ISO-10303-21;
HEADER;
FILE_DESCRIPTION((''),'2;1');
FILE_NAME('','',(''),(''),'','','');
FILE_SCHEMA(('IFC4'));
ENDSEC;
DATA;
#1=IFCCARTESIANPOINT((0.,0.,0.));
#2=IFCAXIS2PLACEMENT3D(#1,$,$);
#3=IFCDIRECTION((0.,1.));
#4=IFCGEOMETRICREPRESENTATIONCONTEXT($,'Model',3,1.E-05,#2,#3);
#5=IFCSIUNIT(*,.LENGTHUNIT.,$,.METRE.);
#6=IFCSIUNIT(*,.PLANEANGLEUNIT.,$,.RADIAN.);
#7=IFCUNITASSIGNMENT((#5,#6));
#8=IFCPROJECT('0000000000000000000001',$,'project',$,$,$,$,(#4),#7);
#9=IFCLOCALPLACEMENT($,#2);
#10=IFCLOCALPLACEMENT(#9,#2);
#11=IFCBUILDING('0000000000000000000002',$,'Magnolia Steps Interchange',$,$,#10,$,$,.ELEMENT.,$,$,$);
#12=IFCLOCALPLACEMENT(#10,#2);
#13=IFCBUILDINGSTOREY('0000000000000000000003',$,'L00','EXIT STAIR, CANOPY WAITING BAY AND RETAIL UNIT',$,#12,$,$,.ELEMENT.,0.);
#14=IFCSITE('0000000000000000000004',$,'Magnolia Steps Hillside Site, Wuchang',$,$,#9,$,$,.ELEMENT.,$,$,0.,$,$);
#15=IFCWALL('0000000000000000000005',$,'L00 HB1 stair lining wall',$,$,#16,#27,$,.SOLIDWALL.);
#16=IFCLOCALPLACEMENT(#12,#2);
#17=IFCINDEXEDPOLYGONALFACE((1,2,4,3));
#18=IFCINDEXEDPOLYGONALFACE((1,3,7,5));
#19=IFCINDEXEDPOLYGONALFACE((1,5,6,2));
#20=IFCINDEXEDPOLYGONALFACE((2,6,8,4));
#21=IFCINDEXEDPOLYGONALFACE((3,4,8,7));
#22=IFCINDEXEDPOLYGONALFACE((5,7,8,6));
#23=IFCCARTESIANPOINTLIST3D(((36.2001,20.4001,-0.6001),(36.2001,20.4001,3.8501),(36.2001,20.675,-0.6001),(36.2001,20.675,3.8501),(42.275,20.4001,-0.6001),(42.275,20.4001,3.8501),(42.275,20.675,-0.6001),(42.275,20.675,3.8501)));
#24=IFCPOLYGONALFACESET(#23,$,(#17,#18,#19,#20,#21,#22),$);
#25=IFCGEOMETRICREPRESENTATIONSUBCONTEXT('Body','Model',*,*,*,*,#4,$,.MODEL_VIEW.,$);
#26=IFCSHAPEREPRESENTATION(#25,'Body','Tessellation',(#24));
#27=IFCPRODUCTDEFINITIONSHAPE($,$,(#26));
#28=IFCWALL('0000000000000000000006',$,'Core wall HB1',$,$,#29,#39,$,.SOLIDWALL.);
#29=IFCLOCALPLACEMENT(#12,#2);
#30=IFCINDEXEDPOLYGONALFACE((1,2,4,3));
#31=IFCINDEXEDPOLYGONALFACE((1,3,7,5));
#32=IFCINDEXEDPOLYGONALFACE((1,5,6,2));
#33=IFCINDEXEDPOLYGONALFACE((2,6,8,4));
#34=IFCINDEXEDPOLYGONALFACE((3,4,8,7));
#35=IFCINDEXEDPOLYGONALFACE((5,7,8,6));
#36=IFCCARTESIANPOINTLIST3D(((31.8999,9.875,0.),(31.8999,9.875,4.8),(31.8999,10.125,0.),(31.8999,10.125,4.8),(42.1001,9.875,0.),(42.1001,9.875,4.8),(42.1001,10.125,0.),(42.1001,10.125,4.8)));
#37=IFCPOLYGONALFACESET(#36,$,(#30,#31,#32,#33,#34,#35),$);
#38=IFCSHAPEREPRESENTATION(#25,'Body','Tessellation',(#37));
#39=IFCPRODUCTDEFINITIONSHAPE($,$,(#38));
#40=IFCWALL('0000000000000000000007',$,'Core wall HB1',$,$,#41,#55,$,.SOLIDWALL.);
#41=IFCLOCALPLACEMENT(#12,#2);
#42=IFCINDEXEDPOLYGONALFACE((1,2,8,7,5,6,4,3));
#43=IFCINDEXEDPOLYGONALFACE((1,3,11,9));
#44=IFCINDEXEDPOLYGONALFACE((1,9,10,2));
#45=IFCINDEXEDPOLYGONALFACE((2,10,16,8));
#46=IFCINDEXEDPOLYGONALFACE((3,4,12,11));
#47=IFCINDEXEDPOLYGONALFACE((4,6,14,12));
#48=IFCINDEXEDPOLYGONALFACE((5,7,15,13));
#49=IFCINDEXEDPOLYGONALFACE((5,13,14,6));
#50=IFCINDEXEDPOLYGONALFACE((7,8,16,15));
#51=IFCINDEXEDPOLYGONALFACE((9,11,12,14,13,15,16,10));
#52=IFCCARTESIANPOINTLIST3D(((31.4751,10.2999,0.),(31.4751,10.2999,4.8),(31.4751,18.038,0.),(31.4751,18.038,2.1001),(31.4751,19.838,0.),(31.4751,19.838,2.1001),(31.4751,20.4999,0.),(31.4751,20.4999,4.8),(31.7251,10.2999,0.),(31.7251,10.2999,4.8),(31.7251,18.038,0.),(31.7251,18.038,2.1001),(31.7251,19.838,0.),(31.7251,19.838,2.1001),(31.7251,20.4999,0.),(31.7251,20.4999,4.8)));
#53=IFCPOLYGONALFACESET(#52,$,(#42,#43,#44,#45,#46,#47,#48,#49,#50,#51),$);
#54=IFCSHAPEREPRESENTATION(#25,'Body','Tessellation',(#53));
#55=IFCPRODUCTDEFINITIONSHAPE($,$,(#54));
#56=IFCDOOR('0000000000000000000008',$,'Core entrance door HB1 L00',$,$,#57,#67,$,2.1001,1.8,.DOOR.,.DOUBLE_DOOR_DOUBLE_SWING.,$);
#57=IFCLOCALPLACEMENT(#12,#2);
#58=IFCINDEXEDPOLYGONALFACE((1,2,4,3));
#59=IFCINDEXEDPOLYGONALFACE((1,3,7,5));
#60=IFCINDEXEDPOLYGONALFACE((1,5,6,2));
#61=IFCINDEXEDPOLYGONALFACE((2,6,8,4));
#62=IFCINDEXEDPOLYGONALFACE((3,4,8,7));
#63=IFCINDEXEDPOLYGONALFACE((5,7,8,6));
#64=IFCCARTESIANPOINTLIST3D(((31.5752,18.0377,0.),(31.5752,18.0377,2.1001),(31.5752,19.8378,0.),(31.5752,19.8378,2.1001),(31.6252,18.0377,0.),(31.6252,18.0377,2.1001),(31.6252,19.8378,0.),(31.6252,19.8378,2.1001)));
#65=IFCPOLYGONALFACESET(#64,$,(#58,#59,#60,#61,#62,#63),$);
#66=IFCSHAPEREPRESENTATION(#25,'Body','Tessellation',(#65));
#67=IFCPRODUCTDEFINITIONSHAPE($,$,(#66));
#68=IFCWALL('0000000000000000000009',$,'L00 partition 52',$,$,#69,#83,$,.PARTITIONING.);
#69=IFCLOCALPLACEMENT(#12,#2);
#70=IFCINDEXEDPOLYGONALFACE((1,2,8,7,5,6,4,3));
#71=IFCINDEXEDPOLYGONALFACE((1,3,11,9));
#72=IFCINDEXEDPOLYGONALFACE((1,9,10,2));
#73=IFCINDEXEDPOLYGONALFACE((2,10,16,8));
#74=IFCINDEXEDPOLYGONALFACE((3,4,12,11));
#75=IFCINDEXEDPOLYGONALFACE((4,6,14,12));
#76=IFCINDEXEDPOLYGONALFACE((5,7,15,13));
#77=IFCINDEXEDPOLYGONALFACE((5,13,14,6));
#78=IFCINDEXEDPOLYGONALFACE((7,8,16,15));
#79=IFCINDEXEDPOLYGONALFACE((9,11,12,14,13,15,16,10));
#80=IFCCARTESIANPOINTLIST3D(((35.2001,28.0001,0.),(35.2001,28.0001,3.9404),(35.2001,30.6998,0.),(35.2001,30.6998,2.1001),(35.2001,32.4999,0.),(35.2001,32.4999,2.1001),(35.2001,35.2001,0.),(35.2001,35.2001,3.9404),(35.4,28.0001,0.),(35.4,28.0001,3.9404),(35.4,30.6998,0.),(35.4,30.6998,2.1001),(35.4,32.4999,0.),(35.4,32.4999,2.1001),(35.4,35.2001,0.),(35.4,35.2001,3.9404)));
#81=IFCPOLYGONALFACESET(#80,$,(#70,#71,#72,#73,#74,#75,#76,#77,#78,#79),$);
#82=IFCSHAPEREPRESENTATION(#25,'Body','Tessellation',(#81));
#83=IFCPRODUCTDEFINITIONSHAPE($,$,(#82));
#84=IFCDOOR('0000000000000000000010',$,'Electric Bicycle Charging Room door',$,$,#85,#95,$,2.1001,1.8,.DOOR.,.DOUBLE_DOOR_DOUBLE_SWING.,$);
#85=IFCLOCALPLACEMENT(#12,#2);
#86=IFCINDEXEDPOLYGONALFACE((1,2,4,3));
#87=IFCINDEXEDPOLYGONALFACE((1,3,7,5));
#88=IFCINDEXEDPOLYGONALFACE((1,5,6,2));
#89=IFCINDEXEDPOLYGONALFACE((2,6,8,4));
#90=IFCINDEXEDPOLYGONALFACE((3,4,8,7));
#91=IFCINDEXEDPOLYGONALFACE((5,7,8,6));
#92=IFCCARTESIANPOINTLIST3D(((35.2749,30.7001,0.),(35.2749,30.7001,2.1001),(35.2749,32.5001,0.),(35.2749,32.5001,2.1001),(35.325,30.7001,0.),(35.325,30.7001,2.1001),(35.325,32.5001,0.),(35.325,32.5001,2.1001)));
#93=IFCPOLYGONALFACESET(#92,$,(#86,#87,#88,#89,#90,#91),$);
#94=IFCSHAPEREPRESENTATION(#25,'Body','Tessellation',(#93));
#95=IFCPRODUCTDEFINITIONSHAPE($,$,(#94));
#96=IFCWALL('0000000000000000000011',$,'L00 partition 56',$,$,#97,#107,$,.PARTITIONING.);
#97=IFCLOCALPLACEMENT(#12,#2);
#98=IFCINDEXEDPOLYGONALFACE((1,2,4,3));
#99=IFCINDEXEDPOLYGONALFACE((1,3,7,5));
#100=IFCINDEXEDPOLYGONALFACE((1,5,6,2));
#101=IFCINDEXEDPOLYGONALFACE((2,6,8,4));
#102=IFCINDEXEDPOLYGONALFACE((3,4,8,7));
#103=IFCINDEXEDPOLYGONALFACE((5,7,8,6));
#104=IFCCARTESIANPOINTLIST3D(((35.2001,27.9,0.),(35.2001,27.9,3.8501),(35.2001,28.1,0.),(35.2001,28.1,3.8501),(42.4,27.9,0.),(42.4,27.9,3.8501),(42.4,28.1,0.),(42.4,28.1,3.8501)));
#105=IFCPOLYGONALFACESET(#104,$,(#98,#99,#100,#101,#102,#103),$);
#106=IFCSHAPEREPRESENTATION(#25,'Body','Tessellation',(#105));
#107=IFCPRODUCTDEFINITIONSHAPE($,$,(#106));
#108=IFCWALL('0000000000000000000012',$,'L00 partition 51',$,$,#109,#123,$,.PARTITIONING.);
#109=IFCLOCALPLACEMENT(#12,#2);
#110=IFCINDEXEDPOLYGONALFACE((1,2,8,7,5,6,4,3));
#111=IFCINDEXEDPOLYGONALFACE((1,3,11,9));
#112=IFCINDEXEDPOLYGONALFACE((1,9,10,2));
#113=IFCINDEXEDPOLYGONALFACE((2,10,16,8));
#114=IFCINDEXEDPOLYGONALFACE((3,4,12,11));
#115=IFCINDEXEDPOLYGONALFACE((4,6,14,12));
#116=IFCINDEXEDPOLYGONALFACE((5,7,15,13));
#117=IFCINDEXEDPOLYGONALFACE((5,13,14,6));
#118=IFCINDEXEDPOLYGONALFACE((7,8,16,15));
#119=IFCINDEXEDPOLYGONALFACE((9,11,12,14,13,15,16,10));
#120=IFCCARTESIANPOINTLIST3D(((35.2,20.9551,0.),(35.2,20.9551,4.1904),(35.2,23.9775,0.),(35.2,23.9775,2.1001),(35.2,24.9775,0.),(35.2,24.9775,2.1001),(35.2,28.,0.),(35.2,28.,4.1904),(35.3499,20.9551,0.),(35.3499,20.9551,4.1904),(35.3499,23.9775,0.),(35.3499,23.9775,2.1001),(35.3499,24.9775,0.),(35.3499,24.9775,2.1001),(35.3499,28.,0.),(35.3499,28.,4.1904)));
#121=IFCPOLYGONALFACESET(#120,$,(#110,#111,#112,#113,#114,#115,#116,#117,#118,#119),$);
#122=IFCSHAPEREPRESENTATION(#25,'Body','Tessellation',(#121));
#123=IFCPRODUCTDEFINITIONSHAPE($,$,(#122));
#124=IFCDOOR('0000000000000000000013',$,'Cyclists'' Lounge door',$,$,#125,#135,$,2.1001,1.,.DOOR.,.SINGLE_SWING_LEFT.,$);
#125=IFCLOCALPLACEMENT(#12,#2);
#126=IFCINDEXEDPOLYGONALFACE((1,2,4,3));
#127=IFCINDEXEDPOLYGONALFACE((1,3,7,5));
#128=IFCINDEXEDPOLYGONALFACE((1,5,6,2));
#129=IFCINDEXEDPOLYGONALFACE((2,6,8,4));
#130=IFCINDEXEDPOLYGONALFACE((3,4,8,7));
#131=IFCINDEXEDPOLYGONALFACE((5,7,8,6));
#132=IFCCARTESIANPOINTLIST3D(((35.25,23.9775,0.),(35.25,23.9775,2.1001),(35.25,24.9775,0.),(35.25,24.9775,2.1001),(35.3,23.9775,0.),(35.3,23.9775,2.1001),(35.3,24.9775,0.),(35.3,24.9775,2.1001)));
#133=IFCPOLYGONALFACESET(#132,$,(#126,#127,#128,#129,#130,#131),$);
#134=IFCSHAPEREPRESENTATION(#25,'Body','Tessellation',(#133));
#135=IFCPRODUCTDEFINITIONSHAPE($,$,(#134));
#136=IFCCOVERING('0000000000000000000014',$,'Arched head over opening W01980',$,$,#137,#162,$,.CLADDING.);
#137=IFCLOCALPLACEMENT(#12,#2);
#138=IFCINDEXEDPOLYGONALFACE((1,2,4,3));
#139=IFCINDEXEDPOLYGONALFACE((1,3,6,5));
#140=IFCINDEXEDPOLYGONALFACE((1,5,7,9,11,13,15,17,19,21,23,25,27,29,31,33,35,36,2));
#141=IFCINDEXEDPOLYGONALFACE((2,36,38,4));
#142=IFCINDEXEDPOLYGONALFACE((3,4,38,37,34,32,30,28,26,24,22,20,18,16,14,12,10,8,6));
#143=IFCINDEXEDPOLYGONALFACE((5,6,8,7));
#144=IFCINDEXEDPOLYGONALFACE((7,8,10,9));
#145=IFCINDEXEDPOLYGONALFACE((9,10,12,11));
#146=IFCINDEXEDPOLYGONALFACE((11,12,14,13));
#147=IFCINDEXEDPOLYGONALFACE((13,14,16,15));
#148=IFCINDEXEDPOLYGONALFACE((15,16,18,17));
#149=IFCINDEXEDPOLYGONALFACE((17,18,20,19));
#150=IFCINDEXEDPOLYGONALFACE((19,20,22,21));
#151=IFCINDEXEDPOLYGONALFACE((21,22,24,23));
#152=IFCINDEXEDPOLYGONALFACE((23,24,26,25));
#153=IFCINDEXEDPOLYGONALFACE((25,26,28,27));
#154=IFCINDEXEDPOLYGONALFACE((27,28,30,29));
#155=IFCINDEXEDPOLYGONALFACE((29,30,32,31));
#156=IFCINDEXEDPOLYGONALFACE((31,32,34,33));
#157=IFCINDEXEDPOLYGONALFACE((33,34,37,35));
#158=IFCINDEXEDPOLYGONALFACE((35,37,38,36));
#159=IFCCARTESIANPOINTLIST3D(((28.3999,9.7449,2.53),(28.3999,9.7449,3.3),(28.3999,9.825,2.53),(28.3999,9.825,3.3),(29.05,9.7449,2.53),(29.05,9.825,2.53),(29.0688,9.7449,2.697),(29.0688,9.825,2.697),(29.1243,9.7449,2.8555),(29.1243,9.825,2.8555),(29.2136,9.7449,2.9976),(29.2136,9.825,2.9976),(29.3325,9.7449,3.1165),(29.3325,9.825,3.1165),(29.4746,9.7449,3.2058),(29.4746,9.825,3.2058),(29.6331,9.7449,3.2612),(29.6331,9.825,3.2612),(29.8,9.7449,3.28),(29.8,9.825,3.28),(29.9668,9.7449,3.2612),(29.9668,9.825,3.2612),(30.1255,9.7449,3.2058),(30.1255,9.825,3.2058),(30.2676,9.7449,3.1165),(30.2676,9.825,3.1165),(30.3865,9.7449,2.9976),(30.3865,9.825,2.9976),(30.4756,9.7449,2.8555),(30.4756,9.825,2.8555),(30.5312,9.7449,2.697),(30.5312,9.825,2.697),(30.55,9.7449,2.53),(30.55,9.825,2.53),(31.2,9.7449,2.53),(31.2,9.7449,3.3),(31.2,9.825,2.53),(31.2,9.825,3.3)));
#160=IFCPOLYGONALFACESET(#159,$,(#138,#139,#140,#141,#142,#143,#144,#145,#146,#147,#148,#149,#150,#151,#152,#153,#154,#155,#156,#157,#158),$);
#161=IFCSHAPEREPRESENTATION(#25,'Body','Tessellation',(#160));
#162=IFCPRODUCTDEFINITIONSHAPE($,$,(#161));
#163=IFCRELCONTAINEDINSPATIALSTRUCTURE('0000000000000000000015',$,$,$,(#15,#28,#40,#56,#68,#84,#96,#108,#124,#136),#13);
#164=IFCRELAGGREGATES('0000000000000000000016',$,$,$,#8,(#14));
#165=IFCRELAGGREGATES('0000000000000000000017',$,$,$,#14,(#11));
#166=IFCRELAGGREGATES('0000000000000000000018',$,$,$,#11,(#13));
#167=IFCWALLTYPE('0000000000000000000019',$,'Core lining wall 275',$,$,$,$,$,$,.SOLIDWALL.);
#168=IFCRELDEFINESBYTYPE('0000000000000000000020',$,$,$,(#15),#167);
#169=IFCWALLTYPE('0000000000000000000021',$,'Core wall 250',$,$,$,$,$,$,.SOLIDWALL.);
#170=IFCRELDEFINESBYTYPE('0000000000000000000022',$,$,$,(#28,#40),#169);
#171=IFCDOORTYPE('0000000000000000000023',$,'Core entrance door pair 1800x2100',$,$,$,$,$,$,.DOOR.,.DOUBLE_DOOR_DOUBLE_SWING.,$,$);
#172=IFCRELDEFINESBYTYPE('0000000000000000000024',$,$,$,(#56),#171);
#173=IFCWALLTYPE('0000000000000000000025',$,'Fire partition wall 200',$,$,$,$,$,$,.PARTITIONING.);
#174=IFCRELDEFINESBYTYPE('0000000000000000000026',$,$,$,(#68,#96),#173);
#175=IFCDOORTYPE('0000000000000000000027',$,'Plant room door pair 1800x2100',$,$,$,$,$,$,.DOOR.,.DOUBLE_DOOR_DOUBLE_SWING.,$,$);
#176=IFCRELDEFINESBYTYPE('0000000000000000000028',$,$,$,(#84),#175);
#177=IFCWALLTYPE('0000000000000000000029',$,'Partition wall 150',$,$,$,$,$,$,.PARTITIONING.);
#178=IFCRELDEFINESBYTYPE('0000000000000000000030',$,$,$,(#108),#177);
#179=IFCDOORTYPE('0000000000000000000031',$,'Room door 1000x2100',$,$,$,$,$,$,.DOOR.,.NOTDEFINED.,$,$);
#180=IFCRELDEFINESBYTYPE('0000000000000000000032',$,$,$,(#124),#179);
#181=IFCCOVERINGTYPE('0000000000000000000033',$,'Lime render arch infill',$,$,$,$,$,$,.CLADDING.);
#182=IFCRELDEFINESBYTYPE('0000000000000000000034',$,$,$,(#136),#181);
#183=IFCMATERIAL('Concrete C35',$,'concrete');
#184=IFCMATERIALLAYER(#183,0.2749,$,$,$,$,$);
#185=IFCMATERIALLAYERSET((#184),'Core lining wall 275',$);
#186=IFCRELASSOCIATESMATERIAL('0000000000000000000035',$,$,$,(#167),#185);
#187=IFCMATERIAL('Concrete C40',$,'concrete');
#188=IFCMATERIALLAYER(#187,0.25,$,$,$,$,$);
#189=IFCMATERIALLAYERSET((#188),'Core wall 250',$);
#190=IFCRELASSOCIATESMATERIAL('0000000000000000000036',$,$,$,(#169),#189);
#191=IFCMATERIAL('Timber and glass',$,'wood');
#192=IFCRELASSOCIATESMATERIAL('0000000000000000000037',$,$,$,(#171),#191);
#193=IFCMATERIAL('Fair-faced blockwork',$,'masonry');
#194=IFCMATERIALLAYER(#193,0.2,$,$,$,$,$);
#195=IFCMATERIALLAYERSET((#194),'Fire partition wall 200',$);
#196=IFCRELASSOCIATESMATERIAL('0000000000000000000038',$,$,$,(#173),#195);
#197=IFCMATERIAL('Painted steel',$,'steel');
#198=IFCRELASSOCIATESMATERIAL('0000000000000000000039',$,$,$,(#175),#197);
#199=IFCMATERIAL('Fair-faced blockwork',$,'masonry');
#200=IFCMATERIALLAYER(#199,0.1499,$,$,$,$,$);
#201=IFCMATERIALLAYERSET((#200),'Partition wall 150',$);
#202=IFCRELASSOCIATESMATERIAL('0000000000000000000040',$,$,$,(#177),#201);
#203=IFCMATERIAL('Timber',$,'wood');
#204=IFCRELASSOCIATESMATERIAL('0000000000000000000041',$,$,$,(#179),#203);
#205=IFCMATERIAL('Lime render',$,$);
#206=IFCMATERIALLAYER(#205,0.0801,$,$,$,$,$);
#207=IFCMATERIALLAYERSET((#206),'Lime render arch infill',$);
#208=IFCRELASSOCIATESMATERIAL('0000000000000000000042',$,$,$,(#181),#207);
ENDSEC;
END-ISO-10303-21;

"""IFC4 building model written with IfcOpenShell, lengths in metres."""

from ifc_helpers import new_model, si_unit, direction, frame, frame_2d, origin, place, context, subcontext, project, spatial, polyline, rectangle, outline, extrude, material, layer, layer_set, type_object, element, fill, save


model = new_model("IFC4")

# Units and contexts
model_context = context("Model", 3, precision=1e-05, world=origin(), true_north=direction((0.0, 1.0)))
body_context = subcontext(model_context, "Body", "Model", "MODEL_VIEW")
ifc_project = project(units=[si_unit("LENGTHUNIT", "METRE"), si_unit("PLANEANGLEUNIT", "RADIAN")], contexts=[model_context])

# Site, building, storey
site_placement = place(None, origin())
site = spatial("IfcSite", under=ifc_project, at=site_placement, Name="Magnolia Steps Hillside Site, Wuchang", CompositionType="ELEMENT", RefElevation=0.0)
building_placement = place(site_placement, origin())
building = spatial("IfcBuilding", under=site, at=building_placement, Name="Magnolia Steps Interchange", CompositionType="ELEMENT")
storey_placement = place(building_placement, origin())
storey = spatial("IfcBuildingStorey", under=building, at=storey_placement, Name="L00", Description="EXIT STAIR, CANOPY WAITING BAY AND RETAIL UNIT", CompositionType="ELEMENT", Elevation=0.0)

# Walls
ifc_material_1 = material(Name="Concrete C35", Category="concrete")
ifc_layer_1 = layer(ifc_material_1, 0.2749)
ifc_layer_set_1 = layer_set([ifc_layer_1], Name="Core lining wall 275")
wall_type_1 = type_object("IfcWallType", Name="Core lining wall 275", PredefinedType="SOLIDWALL", material=ifc_layer_set_1)
wall_1_placement = place(storey_placement, frame((36.2, 20.5376, -0.6001), z_axis=(0.0, 0.0, 1.0), x_axis=(1.0, 0.0, 0.0)))
element("IfcWall", 1, at=wall_1_placement, inside=storey, type_object=wall_type_1, Name="L00 HB1 stair lining wall", PredefinedType="SOLIDWALL", context=body_context, shape_type="SweptSolid", body=[
    extrude(rectangle(XDim=6.075, YDim=0.2749, at=frame_2d((3.0376, 0.0))), origin(), (0.0, 0.0, 1.0), 4.4502),
])
ifc_material_2 = material(Name="Concrete C40", Category="concrete")
ifc_layer_2 = layer(ifc_material_2, 0.25)
ifc_layer_set_2 = layer_set([ifc_layer_2], Name="Core wall 250")
wall_type_2 = type_object("IfcWallType", Name="Core wall 250", PredefinedType="SOLIDWALL", material=ifc_layer_set_2)
wall_2_placement = place(storey_placement, frame((31.8999, 10.0, 0.0), z_axis=(0.0, 0.0, 1.0), x_axis=(1.0, 0.0, 0.0)))
element("IfcWall", 2, at=wall_2_placement, inside=storey, type_object=wall_type_2, Name="Core wall HB1", PredefinedType="SOLIDWALL", context=body_context, shape_type="SweptSolid", body=[
    extrude(rectangle(XDim=10.2002, YDim=0.25, at=frame_2d((5.1001, 0.0))), origin(), (0.0, 0.0, 1.0), 4.8),
])

# Walls, openings, doors
wall_3_placement = place(storey_placement, frame((31.6001, 20.5, 0.0), z_axis=(0.0, 0.0, 1.0), x_axis=(0.0, -1.0, 0.0)))
wall_3 = element("IfcWall", 3, at=wall_3_placement, inside=storey, type_object=wall_type_2, Name="Core wall HB1", PredefinedType="SOLIDWALL", context=body_context, shape_type="SweptSolid", body=[
    extrude(rectangle(XDim=10.2, YDim=0.25, at=frame_2d((5.1001, 0.0))), origin(), (0.0, 0.0, 1.0), 4.8),
])
opening_1_placement = place(wall_3_placement, frame((0.6621, 0.0, 0.0)))
opening_1 = element("IfcOpeningElement", 4, at=opening_1_placement, cuts=wall_3, PredefinedType="OPENING", context=body_context, shape_type="SweptSolid", body=[
    extrude(rectangle(XDim=1.8, YDim=2.1001, at=frame_2d((0.8999, 1.05))), frame((0.0, 0.135, 0.0), z_axis=(0.0, -1.0, 0.0), x_axis=(1.0, 0.0, 0.0)), (0.0, 0.0, 1.0), 0.27),
])
ifc_material_3 = material(Name="Timber and glass", Category="wood")
door_type_1 = type_object("IfcDoorType", Name="Core entrance door pair 1800x2100", OperationType="DOUBLE_DOOR_DOUBLE_SWING", PredefinedType="DOOR", material=ifc_material_3)
door_1_placement = place(opening_1_placement, frame((1.8, 0.0, 0.0), z_axis=(0.0, 0.0, 1.0), x_axis=(-1.0, 0.0, 0.0)))
door_1 = element("IfcDoor", 5, at=door_1_placement, inside=storey, type_object=door_type_1, Name="Core entrance door HB1 L00", OperationType="DOUBLE_DOOR_DOUBLE_SWING", OverallHeight=2.1001, OverallWidth=1.8, PredefinedType="DOOR", context=body_context, shape_type="SweptSolid", body=[
    extrude(rectangle(XDim=1.8, YDim=2.1001, at=frame_2d((0.8999, 1.05))), frame((0.0, 0.0249, 0.0), z_axis=(0.0, -1.0, 0.0), x_axis=(1.0, 0.0, 0.0)), (0.0, 0.0, 1.0), 0.05),
])
fill(opening_1, door_1)
ifc_material_4 = material(Name="Fair-faced blockwork", Category="masonry")
ifc_layer_3 = layer(ifc_material_4, 0.2)
ifc_layer_set_3 = layer_set([ifc_layer_3], Name="Fire partition wall 200")
wall_type_3 = type_object("IfcWallType", Name="Fire partition wall 200", PredefinedType="PARTITIONING", material=ifc_layer_set_3)
wall_4_placement = place(storey_placement, frame((35.3, 28.0, 0.0), z_axis=(0.0, 0.0, 1.0), x_axis=(0.0, 1.0, 0.0)))
wall_4 = element("IfcWall", 6, at=wall_4_placement, inside=storey, type_object=wall_type_3, Name="L00 partition 52", PredefinedType="PARTITIONING", context=body_context, shape_type="SweptSolid", body=[
    extrude(rectangle(XDim=7.2, YDim=0.2, at=frame_2d((3.6001, 0.0))), origin(), (0.0, 0.0, 1.0), 3.9404),
])
opening_2_placement = place(wall_4_placement, frame((2.7, 0.0, 0.0)))
opening_2 = element("IfcOpeningElement", 7, at=opening_2_placement, cuts=wall_4, PredefinedType="OPENING", context=body_context, shape_type="SweptSolid", body=[
    extrude(rectangle(XDim=1.8, YDim=2.1001, at=frame_2d((0.8999, 1.05))), frame((0.0, 0.1099, 0.0), z_axis=(0.0, -1.0, 0.0), x_axis=(1.0, 0.0, 0.0)), (0.0, 0.0, 1.0), 0.22),
])
ifc_material_5 = material(Name="Painted steel", Category="steel")
door_type_2 = type_object("IfcDoorType", Name="Plant room door pair 1800x2100", OperationType="DOUBLE_DOOR_DOUBLE_SWING", PredefinedType="DOOR", material=ifc_material_5)
door_2_placement = place(opening_2_placement, frame((1.8, 0.0, 0.0), z_axis=(0.0, 0.0, 1.0), x_axis=(-1.0, 0.0, 0.0)))
door_2 = element("IfcDoor", 8, at=door_2_placement, inside=storey, type_object=door_type_2, Name="Electric Bicycle Charging Room door", OperationType="DOUBLE_DOOR_DOUBLE_SWING", OverallHeight=2.1001, OverallWidth=1.8, PredefinedType="DOOR", context=body_context, shape_type="SweptSolid", body=[
    extrude(rectangle(XDim=1.8, YDim=2.1001, at=frame_2d((0.8999, 1.05))), frame((0.0, 0.0249, 0.0), z_axis=(0.0, -1.0, 0.0), x_axis=(1.0, 0.0, 0.0)), (0.0, 0.0, 1.0), 0.05),
])
fill(opening_2, door_2)

# Wall
wall_5_placement = place(storey_placement, frame((35.2, 28.0, 0.0), z_axis=(0.0, 0.0, 1.0), x_axis=(1.0, 0.0, 0.0)))
element("IfcWall", 9, at=wall_5_placement, inside=storey, type_object=wall_type_3, Name="L00 partition 56", PredefinedType="PARTITIONING", context=body_context, shape_type="SweptSolid", body=[
    extrude(rectangle(XDim=7.2, YDim=0.2, at=frame_2d((3.6001, 0.0))), origin(), (0.0, 0.0, 1.0), 3.8501),
])

# Wall, opening, door
ifc_material_6 = material(Name="Fair-faced blockwork", Category="masonry")
ifc_layer_4 = layer(ifc_material_6, 0.1499)
ifc_layer_set_4 = layer_set([ifc_layer_4], Name="Partition wall 150")
wall_type_4 = type_object("IfcWallType", Name="Partition wall 150", PredefinedType="PARTITIONING", material=ifc_layer_set_4)
wall_6_placement = place(storey_placement, frame((35.2749, 20.9551, 0.0), z_axis=(0.0, 0.0, 1.0), x_axis=(0.0, 1.0, 0.0)))
wall_6 = element("IfcWall", 10, at=wall_6_placement, inside=storey, type_object=wall_type_4, Name="L00 partition 51", PredefinedType="PARTITIONING", context=body_context, shape_type="SweptSolid", body=[
    extrude(rectangle(XDim=7.0449, YDim=0.1499, at=frame_2d((3.5225, 0.0))), origin(), (0.0, 0.0, 1.0), 4.1904),
])
opening_3_placement = place(wall_6_placement, frame((3.0225, 0.0, 0.0)))
opening_3 = element("IfcOpeningElement", 11, at=opening_3_placement, cuts=wall_6, PredefinedType="OPENING", context=body_context, shape_type="SweptSolid", body=[
    extrude(rectangle(XDim=1.0, YDim=2.1001, at=frame_2d((0.5, 1.05))), frame((0.0, 0.085, 0.0), z_axis=(0.0, -1.0, 0.0), x_axis=(1.0, 0.0, 0.0)), (0.0, 0.0, 1.0), 0.1699),
])
ifc_material_7 = material(Name="Timber", Category="wood")
door_type_3 = type_object("IfcDoorType", Name="Room door 1000x2100", OperationType="NOTDEFINED", PredefinedType="DOOR", material=ifc_material_7)
door_3_placement = place(opening_3_placement, origin())
door_3 = element("IfcDoor", 12, at=door_3_placement, inside=storey, type_object=door_type_3, Name="Cyclists' Lounge door", OperationType="SINGLE_SWING_LEFT", OverallHeight=2.1001, OverallWidth=1.0, PredefinedType="DOOR", context=body_context, shape_type="SweptSolid", body=[
    extrude(rectangle(XDim=1.0, YDim=2.1001, at=frame_2d((0.5, 1.05))), frame((0.0, 0.0249, 0.0), z_axis=(0.0, -1.0, 0.0), x_axis=(1.0, 0.0, 0.0)), (0.0, 0.0, 1.0), 0.05),
])
fill(opening_3, door_3)

# Covering
ifc_material_8 = material(Name="Lime render")
ifc_layer_5 = layer(ifc_material_8, 0.0801)
ifc_layer_set_5 = layer_set([ifc_layer_5], Name="Lime render arch infill")
covering_type_1 = type_object("IfcCoveringType", Name="Lime render arch infill", PredefinedType="CLADDING", material=ifc_layer_set_5)
covering_1_placement = place(storey_placement, frame((28.3999, 9.825, 2.53), z_axis=(0.0, 1.0, 0.0), x_axis=(0.0, 0.0, 1.0)))
element("IfcCovering", 13, at=covering_1_placement, inside=storey, type_object=covering_type_1, Name="Arched head over opening W01980", PredefinedType="CLADDING", context=body_context, shape_type="SweptSolid", body=[
    extrude(outline(polyline([(0.0, 0.0), (0.77, 0.0), (0.77, 2.8), (0.0, 2.8), (0.0, 2.1501), (0.167, 2.1313), (0.3254, 2.0757), (0.4675, 1.9866), (0.5864, 1.8677), (0.6758, 1.7256), (0.7312, 1.5669), (0.75, 1.4001), (0.7312, 1.2332), (0.6758, 1.0747), (0.5864, 0.9326), (0.4675, 0.8137), (0.3254, 0.7244), (0.167, 0.6689), (0.0, 0.6501), (0.0, 0.0)])), origin(), (0.0, 0.0, -1.0), 0.0801),
])

save(model, "model.ifc")
